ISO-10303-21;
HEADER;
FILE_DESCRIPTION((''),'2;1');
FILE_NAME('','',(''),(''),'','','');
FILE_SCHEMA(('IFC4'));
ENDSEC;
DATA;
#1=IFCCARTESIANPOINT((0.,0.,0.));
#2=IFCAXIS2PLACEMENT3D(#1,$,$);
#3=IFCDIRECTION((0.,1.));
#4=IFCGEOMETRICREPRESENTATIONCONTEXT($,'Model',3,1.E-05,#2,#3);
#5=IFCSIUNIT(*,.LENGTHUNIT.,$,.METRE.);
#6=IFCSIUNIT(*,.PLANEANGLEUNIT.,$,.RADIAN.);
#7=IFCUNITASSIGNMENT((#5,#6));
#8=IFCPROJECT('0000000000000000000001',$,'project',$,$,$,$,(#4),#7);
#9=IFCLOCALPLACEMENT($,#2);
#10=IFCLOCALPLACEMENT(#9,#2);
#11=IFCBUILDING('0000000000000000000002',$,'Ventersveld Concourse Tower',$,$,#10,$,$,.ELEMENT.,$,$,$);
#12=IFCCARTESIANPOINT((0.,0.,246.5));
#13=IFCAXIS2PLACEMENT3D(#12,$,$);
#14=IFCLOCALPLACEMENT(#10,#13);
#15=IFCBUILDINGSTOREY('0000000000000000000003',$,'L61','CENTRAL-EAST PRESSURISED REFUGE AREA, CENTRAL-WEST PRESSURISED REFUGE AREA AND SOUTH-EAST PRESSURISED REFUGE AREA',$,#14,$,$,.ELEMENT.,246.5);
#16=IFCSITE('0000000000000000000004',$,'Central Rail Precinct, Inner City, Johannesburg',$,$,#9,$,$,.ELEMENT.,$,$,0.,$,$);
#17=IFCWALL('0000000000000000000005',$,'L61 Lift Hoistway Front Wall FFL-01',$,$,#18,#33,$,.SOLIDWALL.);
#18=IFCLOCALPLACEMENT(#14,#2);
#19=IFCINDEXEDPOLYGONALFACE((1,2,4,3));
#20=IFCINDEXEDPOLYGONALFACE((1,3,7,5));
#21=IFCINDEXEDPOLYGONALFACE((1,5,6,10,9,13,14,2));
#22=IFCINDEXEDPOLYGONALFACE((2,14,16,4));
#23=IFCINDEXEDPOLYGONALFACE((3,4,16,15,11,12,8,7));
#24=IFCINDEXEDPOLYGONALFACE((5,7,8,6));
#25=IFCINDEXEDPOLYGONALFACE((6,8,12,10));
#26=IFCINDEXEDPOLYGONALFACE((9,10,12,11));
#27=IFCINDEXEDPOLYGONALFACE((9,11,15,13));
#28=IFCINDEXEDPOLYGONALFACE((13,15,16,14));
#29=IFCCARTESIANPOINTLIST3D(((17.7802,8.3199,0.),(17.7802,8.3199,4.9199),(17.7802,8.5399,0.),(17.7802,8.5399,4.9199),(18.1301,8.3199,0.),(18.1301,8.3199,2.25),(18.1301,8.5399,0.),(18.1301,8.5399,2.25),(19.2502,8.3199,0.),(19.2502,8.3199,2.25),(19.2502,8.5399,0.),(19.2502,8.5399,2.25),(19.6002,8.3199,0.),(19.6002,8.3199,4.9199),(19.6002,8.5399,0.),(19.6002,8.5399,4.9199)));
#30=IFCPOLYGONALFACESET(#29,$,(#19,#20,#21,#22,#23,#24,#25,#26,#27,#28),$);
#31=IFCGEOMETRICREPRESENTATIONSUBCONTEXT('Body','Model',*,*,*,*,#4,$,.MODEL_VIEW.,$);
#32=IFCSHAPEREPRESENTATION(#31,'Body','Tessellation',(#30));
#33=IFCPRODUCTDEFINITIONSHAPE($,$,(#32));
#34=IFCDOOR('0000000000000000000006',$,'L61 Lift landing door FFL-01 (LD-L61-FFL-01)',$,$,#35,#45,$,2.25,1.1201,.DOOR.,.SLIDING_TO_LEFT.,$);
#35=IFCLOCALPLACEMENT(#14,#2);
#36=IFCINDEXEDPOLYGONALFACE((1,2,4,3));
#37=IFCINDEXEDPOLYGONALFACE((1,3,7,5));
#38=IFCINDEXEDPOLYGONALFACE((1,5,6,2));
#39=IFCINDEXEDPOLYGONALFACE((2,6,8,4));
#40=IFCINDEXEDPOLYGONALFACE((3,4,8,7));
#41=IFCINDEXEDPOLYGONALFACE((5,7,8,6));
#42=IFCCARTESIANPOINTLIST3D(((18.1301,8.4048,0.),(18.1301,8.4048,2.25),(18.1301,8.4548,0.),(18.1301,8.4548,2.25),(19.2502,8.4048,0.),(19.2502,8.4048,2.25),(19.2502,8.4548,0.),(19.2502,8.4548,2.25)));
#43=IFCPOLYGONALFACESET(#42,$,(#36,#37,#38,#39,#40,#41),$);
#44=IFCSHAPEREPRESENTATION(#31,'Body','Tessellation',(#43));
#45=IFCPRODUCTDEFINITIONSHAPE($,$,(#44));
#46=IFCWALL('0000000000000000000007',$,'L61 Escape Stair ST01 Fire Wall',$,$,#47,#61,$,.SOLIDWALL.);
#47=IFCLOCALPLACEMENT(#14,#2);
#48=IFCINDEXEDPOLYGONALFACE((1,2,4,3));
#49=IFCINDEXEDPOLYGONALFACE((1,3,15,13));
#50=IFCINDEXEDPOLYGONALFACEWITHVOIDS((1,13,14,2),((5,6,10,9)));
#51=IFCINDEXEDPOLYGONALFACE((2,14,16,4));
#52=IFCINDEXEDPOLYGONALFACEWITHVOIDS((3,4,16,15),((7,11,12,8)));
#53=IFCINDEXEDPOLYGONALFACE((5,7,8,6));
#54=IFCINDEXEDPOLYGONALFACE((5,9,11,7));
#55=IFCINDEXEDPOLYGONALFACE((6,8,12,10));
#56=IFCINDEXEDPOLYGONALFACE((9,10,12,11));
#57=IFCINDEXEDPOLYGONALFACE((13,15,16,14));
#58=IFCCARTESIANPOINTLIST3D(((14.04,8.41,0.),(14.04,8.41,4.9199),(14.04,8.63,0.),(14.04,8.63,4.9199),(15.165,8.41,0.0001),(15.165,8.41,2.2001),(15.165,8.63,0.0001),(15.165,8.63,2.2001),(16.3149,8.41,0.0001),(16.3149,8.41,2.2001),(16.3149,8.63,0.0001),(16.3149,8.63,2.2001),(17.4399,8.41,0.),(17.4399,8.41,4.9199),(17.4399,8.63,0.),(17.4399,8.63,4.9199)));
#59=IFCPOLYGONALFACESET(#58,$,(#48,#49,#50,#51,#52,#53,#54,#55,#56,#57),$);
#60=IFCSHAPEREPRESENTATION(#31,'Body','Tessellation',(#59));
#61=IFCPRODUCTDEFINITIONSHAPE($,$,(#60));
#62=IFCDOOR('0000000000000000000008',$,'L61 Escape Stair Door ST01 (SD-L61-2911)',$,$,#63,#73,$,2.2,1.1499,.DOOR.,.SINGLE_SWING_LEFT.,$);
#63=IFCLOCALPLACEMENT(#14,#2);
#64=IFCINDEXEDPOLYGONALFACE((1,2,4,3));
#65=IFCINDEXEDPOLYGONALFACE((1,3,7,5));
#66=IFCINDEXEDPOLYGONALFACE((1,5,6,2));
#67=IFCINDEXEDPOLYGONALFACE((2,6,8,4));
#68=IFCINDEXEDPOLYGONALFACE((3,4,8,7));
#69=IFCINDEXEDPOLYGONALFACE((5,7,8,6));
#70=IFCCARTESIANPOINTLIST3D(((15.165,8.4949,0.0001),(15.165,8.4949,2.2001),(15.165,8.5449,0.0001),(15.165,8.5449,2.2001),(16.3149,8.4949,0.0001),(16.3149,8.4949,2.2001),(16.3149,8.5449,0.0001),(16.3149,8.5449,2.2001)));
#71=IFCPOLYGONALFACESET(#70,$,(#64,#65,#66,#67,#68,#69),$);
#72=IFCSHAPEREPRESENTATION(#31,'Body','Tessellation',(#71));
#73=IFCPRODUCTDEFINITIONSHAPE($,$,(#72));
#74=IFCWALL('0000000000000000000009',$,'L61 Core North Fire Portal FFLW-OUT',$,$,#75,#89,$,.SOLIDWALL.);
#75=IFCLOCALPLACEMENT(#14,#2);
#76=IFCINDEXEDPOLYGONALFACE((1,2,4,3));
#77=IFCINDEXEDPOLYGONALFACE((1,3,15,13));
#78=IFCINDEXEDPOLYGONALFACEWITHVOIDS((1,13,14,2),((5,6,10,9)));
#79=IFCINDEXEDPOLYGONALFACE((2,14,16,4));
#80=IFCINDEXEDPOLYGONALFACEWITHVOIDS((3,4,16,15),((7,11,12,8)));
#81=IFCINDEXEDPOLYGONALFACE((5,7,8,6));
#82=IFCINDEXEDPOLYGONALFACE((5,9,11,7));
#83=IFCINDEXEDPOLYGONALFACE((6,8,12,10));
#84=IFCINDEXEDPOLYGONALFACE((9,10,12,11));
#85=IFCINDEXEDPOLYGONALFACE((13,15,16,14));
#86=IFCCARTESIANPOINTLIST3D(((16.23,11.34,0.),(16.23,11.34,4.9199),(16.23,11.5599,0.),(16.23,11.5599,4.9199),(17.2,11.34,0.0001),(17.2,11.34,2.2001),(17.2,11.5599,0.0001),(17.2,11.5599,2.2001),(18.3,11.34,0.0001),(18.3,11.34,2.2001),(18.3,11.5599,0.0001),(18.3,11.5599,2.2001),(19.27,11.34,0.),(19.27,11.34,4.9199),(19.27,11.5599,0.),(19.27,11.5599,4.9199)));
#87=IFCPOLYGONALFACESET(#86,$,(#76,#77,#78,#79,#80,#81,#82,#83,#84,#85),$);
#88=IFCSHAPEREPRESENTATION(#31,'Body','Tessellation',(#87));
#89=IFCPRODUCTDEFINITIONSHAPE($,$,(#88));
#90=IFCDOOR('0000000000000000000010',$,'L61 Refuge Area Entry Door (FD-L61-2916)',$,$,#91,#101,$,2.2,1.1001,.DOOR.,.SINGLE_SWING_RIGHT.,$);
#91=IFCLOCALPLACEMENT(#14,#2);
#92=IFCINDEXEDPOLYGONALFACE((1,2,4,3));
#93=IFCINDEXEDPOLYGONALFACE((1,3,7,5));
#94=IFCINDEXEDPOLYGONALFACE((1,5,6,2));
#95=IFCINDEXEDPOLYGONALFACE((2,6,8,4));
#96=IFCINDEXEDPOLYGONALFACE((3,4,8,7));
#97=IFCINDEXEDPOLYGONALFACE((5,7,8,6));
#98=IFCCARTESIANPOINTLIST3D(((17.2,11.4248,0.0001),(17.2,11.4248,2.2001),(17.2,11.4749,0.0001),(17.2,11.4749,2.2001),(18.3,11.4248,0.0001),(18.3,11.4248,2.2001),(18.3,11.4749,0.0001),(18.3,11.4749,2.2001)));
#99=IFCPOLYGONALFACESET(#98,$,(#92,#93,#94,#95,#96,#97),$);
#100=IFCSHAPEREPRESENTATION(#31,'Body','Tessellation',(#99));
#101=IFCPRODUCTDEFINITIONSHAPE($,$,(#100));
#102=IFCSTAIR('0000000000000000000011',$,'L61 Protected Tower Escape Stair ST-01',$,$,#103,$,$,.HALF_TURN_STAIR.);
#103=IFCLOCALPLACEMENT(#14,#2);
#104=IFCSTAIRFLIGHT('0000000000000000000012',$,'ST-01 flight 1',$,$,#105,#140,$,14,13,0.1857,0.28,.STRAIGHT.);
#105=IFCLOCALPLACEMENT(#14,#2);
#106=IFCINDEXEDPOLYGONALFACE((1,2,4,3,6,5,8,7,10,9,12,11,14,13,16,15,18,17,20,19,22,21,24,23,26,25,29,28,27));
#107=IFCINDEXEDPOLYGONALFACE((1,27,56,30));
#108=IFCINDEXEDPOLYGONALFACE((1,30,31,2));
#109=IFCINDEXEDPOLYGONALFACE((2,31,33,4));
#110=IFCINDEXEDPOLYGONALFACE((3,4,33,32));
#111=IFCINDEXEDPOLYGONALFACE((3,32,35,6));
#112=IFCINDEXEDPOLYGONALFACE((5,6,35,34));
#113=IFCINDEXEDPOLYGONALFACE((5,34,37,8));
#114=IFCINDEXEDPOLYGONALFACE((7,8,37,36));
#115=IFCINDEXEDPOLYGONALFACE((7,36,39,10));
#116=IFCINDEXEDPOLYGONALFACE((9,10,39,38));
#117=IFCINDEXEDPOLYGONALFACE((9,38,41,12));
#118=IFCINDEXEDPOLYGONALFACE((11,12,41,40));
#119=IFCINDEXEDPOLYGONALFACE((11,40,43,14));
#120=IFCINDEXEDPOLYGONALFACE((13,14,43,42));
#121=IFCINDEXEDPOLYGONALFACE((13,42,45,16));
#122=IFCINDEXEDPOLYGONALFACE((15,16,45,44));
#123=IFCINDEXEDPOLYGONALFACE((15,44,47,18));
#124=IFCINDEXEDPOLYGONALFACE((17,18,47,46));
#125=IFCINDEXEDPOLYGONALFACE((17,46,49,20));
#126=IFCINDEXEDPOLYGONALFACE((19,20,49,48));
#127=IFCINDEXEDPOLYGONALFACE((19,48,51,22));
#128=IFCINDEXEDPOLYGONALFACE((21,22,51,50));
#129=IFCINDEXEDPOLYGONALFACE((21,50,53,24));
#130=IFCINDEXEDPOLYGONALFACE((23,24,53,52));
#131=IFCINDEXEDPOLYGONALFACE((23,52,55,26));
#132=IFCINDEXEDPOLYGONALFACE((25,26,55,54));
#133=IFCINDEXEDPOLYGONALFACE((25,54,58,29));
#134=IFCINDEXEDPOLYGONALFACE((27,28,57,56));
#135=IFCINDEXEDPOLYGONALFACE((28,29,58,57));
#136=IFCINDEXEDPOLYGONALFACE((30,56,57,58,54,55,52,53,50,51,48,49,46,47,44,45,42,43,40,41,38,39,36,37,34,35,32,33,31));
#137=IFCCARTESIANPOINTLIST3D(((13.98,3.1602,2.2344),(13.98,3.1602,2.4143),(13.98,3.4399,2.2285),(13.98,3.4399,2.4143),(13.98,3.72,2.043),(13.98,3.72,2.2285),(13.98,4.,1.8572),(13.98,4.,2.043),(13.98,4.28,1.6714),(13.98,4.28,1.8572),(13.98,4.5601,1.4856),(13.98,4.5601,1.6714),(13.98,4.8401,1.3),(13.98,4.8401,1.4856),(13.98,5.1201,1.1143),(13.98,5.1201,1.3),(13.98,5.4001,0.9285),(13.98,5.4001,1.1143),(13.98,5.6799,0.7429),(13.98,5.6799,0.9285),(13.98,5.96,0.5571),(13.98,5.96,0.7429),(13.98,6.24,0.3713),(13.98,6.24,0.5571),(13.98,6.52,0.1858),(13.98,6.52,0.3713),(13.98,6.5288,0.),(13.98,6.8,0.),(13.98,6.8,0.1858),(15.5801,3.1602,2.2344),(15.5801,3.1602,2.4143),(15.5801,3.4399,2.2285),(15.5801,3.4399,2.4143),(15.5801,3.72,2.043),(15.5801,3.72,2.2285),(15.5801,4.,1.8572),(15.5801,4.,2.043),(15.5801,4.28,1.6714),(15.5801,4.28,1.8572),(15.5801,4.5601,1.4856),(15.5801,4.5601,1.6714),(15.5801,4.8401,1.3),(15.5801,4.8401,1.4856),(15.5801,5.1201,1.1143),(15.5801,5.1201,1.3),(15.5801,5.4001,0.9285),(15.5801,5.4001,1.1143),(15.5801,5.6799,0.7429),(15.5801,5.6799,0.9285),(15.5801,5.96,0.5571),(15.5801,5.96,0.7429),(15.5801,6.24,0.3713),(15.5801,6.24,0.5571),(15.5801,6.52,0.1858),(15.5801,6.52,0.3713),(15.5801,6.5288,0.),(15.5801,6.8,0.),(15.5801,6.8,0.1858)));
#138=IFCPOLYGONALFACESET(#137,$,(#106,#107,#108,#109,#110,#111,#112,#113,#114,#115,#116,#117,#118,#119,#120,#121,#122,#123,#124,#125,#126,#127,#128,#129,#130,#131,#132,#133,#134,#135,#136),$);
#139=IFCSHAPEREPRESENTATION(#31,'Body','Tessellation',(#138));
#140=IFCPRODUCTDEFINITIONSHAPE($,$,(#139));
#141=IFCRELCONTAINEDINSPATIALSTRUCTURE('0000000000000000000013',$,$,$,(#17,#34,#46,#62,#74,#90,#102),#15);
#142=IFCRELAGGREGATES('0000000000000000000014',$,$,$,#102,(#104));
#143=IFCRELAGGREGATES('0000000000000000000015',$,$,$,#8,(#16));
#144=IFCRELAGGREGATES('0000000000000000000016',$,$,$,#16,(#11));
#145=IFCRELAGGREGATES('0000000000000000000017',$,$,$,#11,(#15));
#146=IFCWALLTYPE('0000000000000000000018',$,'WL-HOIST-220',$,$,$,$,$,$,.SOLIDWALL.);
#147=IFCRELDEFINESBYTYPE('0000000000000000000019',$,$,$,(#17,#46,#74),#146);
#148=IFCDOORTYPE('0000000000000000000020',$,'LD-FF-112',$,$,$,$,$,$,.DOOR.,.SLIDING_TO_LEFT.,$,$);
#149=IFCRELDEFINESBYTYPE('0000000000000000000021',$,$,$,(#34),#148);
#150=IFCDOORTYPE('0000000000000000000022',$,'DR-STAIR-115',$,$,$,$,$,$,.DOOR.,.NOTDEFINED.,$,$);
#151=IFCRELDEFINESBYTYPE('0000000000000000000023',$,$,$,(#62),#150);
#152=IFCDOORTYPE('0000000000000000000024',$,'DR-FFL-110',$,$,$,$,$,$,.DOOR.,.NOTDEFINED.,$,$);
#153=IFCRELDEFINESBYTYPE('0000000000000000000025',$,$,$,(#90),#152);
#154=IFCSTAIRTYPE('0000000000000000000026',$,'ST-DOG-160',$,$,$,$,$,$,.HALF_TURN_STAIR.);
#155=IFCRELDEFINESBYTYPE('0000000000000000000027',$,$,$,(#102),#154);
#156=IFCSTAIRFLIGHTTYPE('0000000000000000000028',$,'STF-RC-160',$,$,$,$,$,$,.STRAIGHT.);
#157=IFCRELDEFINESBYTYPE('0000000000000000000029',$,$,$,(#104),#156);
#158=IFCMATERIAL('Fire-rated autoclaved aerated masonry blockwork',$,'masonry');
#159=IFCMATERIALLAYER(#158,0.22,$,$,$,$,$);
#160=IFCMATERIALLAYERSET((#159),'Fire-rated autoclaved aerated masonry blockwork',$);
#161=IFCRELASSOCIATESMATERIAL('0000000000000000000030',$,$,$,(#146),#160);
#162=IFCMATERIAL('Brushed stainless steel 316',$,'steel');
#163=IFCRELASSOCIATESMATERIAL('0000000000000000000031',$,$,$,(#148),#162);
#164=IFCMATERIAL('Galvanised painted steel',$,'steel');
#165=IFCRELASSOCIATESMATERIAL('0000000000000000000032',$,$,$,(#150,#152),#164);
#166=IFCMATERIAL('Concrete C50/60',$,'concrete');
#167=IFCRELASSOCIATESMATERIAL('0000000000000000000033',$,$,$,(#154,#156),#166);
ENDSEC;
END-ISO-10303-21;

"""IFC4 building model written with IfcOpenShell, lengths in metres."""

from ifc_helpers import new_model, si_unit, direction, frame, frame_2d, origin, place, context, subcontext, project, spatial, polyline, rectangle, outline, extrude, material, layer, layer_set, type_object, element, fill, aggregate, save


model = new_model("IFC4")

# Units and contexts
model_context = context("Model", 3, precision=1e-05, world=origin(), true_north=direction((0.0, 1.0)))
body_context = subcontext(model_context, "Body", "Model", "MODEL_VIEW")
ifc_project = project(units=[si_unit("LENGTHUNIT", "METRE"), si_unit("PLANEANGLEUNIT", "RADIAN")], contexts=[model_context])

# Site, building, storey
site_placement = place(None, origin())
site = spatial("IfcSite", under=ifc_project, at=site_placement, Name="Central Rail Precinct, Inner City, Johannesburg", CompositionType="ELEMENT", RefElevation=0.0)
building_placement = place(site_placement, origin())
building = spatial("IfcBuilding", under=site, at=building_placement, Name="Ventersveld Concourse Tower", CompositionType="ELEMENT")
storey_placement = place(building_placement, frame((0.0, 0.0, 246.5)))
storey = spatial("IfcBuildingStorey", under=building, at=storey_placement, Name="L61", Description="CENTRAL-EAST PRESSURISED REFUGE AREA, CENTRAL-WEST PRESSURISED REFUGE AREA AND SOUTH-EAST PRESSURISED REFUGE AREA", CompositionType="ELEMENT", Elevation=246.5)

# Shared definitions
ifc_material_1 = material(Name="Concrete C50/60", Category="concrete")

# Shared definitions
ifc_material_2 = material(Name="Fire-rated autoclaved aerated masonry blockwork", Category="masonry")
ifc_layer_1 = layer(ifc_material_2, 0.22)
ifc_layer_set_1 = layer_set([ifc_layer_1], Name="Fire-rated autoclaved aerated masonry blockwork")
wall_type_1 = type_object("IfcWallType", Name="WL-HOIST-220", PredefinedType="SOLIDWALL", material=ifc_layer_set_1)

# Walls, openings, doors
wall_1_placement = place(storey_placement, frame((17.78, 8.4299, 0.0), z_axis=(0.0, 0.0, 1.0), x_axis=(1.0, 0.0, 0.0)))
wall_1 = element("IfcWall", 1, at=wall_1_placement, inside=storey, type_object=wall_type_1, Name="L61 Lift Hoistway Front Wall FFL-01", PredefinedType="SOLIDWALL", context=body_context, shape_type="SweptSolid", body=[
    extrude(rectangle(XDim=1.8201, YDim=0.22, at=frame_2d((0.9102, 0.0))), origin(), (0.0, 0.0, 1.0), 4.9199),
])
opening_1_placement = place(wall_1_placement, frame((0.3501, 0.0, 0.0)))
opening_1 = element("IfcOpeningElement", 2, at=opening_1_placement, cuts=wall_1, PredefinedType="OPENING", context=body_context, shape_type="SweptSolid", body=[
    extrude(rectangle(XDim=1.1201, YDim=2.25, at=frame_2d((0.5601, 1.125))), frame((0.0, 0.1201, 0.0), z_axis=(0.0, -1.0, 0.0), x_axis=(1.0, 0.0, 0.0)), (0.0, 0.0, 1.0), 0.24),
])
ifc_material_3 = material(Name="Brushed stainless steel 316", Category="steel")
door_type_1 = type_object("IfcDoorType", Name="LD-FF-112", OperationType="SLIDING_TO_LEFT", PredefinedType="DOOR", material=ifc_material_3)
door_1_placement = place(opening_1_placement, origin())
door_1 = element("IfcDoor", 3, at=door_1_placement, inside=storey, type_object=door_type_1, Name="L61 Lift landing door FFL-01 (LD-L61-FFL-01)", OperationType="SLIDING_TO_LEFT", OverallHeight=2.25, OverallWidth=1.1201, PredefinedType="DOOR", context=body_context, shape_type="SweptSolid", body=[
    extrude(rectangle(XDim=1.1201, YDim=2.25, at=frame_2d((0.5601, 1.125))), frame((0.0, 0.0249, 0.0), z_axis=(0.0, -1.0, 0.0), x_axis=(1.0, 0.0, 0.0)), (0.0, 0.0, 1.0), 0.05),
])
fill(opening_1, door_1)
wall_2_placement = place(storey_placement, frame((14.04, 8.52, 0.0), z_axis=(0.0, 0.0, 1.0), x_axis=(1.0, 0.0, 0.0)))
wall_2 = element("IfcWall", 4, at=wall_2_placement, inside=storey, type_object=wall_type_1, Name="L61 Escape Stair ST01 Fire Wall", PredefinedType="SOLIDWALL", context=body_context, shape_type="SweptSolid", body=[
    extrude(rectangle(XDim=3.3999, YDim=0.22, at=frame_2d((1.7, 0.0))), origin(), (0.0, 0.0, 1.0), 4.9199),
])
opening_2_placement = place(wall_2_placement, frame((1.125, 0.0, 0.0)))
opening_2 = element("IfcOpeningElement", 5, at=opening_2_placement, cuts=wall_2, PredefinedType="OPENING", context=body_context, shape_type="SweptSolid", body=[
    extrude(rectangle(XDim=1.1499, YDim=2.2, at=frame_2d((0.575, 1.1001))), frame((0.0, 0.1201, 0.0), z_axis=(0.0, -1.0, 0.0), x_axis=(1.0, 0.0, 0.0)), (0.0, 0.0, 1.0), 0.24),
])
ifc_material_4 = material(Name="Galvanised painted steel", Category="steel")
door_type_2 = type_object("IfcDoorType", Name="DR-STAIR-115", OperationType="NOTDEFINED", PredefinedType="DOOR", material=ifc_material_4)
door_2_placement = place(opening_2_placement, origin())
door_2 = element("IfcDoor", 6, at=door_2_placement, inside=storey, type_object=door_type_2, Name="L61 Escape Stair Door ST01 (SD-L61-2911)", OperationType="SINGLE_SWING_LEFT", OverallHeight=2.2, OverallWidth=1.1499, PredefinedType="DOOR", context=body_context, shape_type="SweptSolid", body=[
    extrude(rectangle(XDim=1.1499, YDim=2.2, at=frame_2d((0.575, 1.1001))), frame((0.0, 0.0249, 0.0), z_axis=(0.0, -1.0, 0.0), x_axis=(1.0, 0.0, 0.0)), (0.0, 0.0, 1.0), 0.05),
])
fill(opening_2, door_2)
wall_3_placement = place(storey_placement, frame((16.23, 11.45, 0.0), z_axis=(0.0, 0.0, 1.0), x_axis=(1.0, 0.0, 0.0)))
wall_3 = element("IfcWall", 7, at=wall_3_placement, inside=storey, type_object=wall_type_1, Name="L61 Core North Fire Portal FFLW-OUT", PredefinedType="SOLIDWALL", context=body_context, shape_type="SweptSolid", body=[
    extrude(rectangle(XDim=3.04, YDim=0.22, at=frame_2d((1.52, 0.0))), origin(), (0.0, 0.0, 1.0), 4.9199),
])
opening_3_placement = place(wall_3_placement, frame((0.97, 0.0, 0.0)))
opening_3 = element("IfcOpeningElement", 8, at=opening_3_placement, cuts=wall_3, PredefinedType="OPENING", context=body_context, shape_type="SweptSolid", body=[
    extrude(rectangle(XDim=1.1001, YDim=2.2, at=frame_2d((0.55, 1.1001))), frame((0.0, 0.1201, 0.0), z_axis=(0.0, -1.0, 0.0), x_axis=(1.0, 0.0, 0.0)), (0.0, 0.0, 1.0), 0.24),
])
door_type_3 = type_object("IfcDoorType", Name="DR-FFL-110", OperationType="NOTDEFINED", PredefinedType="DOOR", material=ifc_material_4)
door_3_placement = place(opening_3_placement, origin())
door_3 = element("IfcDoor", 9, at=door_3_placement, inside=storey, type_object=door_type_3, Name="L61 Refuge Area Entry Door (FD-L61-2916)", OperationType="SINGLE_SWING_RIGHT", OverallHeight=2.2, OverallWidth=1.1001, PredefinedType="DOOR", context=body_context, shape_type="SweptSolid", body=[
    extrude(rectangle(XDim=1.1001, YDim=2.2, at=frame_2d((0.55, 1.1001))), frame((0.0, 0.0249, 0.0), z_axis=(0.0, -1.0, 0.0), x_axis=(1.0, 0.0, 0.0)), (0.0, 0.0, 1.0), 0.05),
])
fill(opening_3, door_3)

# Stair, stair flight
stair_type = type_object("IfcStairType", Name="ST-DOG-160", PredefinedType="HALF_TURN_STAIR", material=ifc_material_1)
stair_placement = place(storey_placement, origin())
stair = element("IfcStair", 10, at=stair_placement, inside=storey, type_object=stair_type, Name="L61 Protected Tower Escape Stair ST-01", PredefinedType="HALF_TURN_STAIR")
stair_flight_type = type_object("IfcStairFlightType", Name="STF-RC-160", PredefinedType="STRAIGHT", material=ifc_material_1)
stair_flight_1_placement = place(storey_placement, frame((14.78, 6.8, 0.0), z_axis=(0.0, 0.0, 1.0), x_axis=(0.0, -1.0, 0.0)))
stair_flight_1 = element("IfcStairFlight", 11, at=stair_flight_1_placement, type_object=stair_flight_type, Name="ST-01 flight 1", NumberOfRisers=14, NumberOfTreads=13, PredefinedType="STRAIGHT", RiserHeight=0.1857, TreadLength=0.28, context=body_context, shape_type="SweptSolid", body=[
    extrude(outline(polyline([(0.0, 0.0), (0.0, 0.1858), (0.28, 0.1858), (0.28, 0.3713), (0.5601, 0.3713), (0.5601, 0.5571), (0.8401, 0.5571), (0.8401, 0.7429), (1.1201, 0.7429), (1.1201, 0.9285), (1.3999, 0.9285), (1.3999, 1.1143), (1.6799, 1.1143), (1.6799, 1.3), (1.96, 1.3), (1.96, 1.4856), (2.24, 1.4856), (2.24, 1.6714), (2.52, 1.6714), (2.52, 1.8572), (2.8, 1.8572), (2.8, 2.043), (3.0801, 2.043), (3.0801, 2.2285), (3.3601, 2.2285), (3.3601, 2.4143), (3.6399, 2.4143), (3.6399, 2.6001), (3.6399, 2.2344), (0.2712, 0.0), (0.0, 0.0)])), frame((0.0, 0.8, 0.0), z_axis=(0.0, -1.0, 0.0), x_axis=(1.0, 0.0, 0.0)), (0.0, 0.0, 1.0), 1.6001),
])
aggregate(stair, [stair_flight_1])

save(model, "model.ifc")
